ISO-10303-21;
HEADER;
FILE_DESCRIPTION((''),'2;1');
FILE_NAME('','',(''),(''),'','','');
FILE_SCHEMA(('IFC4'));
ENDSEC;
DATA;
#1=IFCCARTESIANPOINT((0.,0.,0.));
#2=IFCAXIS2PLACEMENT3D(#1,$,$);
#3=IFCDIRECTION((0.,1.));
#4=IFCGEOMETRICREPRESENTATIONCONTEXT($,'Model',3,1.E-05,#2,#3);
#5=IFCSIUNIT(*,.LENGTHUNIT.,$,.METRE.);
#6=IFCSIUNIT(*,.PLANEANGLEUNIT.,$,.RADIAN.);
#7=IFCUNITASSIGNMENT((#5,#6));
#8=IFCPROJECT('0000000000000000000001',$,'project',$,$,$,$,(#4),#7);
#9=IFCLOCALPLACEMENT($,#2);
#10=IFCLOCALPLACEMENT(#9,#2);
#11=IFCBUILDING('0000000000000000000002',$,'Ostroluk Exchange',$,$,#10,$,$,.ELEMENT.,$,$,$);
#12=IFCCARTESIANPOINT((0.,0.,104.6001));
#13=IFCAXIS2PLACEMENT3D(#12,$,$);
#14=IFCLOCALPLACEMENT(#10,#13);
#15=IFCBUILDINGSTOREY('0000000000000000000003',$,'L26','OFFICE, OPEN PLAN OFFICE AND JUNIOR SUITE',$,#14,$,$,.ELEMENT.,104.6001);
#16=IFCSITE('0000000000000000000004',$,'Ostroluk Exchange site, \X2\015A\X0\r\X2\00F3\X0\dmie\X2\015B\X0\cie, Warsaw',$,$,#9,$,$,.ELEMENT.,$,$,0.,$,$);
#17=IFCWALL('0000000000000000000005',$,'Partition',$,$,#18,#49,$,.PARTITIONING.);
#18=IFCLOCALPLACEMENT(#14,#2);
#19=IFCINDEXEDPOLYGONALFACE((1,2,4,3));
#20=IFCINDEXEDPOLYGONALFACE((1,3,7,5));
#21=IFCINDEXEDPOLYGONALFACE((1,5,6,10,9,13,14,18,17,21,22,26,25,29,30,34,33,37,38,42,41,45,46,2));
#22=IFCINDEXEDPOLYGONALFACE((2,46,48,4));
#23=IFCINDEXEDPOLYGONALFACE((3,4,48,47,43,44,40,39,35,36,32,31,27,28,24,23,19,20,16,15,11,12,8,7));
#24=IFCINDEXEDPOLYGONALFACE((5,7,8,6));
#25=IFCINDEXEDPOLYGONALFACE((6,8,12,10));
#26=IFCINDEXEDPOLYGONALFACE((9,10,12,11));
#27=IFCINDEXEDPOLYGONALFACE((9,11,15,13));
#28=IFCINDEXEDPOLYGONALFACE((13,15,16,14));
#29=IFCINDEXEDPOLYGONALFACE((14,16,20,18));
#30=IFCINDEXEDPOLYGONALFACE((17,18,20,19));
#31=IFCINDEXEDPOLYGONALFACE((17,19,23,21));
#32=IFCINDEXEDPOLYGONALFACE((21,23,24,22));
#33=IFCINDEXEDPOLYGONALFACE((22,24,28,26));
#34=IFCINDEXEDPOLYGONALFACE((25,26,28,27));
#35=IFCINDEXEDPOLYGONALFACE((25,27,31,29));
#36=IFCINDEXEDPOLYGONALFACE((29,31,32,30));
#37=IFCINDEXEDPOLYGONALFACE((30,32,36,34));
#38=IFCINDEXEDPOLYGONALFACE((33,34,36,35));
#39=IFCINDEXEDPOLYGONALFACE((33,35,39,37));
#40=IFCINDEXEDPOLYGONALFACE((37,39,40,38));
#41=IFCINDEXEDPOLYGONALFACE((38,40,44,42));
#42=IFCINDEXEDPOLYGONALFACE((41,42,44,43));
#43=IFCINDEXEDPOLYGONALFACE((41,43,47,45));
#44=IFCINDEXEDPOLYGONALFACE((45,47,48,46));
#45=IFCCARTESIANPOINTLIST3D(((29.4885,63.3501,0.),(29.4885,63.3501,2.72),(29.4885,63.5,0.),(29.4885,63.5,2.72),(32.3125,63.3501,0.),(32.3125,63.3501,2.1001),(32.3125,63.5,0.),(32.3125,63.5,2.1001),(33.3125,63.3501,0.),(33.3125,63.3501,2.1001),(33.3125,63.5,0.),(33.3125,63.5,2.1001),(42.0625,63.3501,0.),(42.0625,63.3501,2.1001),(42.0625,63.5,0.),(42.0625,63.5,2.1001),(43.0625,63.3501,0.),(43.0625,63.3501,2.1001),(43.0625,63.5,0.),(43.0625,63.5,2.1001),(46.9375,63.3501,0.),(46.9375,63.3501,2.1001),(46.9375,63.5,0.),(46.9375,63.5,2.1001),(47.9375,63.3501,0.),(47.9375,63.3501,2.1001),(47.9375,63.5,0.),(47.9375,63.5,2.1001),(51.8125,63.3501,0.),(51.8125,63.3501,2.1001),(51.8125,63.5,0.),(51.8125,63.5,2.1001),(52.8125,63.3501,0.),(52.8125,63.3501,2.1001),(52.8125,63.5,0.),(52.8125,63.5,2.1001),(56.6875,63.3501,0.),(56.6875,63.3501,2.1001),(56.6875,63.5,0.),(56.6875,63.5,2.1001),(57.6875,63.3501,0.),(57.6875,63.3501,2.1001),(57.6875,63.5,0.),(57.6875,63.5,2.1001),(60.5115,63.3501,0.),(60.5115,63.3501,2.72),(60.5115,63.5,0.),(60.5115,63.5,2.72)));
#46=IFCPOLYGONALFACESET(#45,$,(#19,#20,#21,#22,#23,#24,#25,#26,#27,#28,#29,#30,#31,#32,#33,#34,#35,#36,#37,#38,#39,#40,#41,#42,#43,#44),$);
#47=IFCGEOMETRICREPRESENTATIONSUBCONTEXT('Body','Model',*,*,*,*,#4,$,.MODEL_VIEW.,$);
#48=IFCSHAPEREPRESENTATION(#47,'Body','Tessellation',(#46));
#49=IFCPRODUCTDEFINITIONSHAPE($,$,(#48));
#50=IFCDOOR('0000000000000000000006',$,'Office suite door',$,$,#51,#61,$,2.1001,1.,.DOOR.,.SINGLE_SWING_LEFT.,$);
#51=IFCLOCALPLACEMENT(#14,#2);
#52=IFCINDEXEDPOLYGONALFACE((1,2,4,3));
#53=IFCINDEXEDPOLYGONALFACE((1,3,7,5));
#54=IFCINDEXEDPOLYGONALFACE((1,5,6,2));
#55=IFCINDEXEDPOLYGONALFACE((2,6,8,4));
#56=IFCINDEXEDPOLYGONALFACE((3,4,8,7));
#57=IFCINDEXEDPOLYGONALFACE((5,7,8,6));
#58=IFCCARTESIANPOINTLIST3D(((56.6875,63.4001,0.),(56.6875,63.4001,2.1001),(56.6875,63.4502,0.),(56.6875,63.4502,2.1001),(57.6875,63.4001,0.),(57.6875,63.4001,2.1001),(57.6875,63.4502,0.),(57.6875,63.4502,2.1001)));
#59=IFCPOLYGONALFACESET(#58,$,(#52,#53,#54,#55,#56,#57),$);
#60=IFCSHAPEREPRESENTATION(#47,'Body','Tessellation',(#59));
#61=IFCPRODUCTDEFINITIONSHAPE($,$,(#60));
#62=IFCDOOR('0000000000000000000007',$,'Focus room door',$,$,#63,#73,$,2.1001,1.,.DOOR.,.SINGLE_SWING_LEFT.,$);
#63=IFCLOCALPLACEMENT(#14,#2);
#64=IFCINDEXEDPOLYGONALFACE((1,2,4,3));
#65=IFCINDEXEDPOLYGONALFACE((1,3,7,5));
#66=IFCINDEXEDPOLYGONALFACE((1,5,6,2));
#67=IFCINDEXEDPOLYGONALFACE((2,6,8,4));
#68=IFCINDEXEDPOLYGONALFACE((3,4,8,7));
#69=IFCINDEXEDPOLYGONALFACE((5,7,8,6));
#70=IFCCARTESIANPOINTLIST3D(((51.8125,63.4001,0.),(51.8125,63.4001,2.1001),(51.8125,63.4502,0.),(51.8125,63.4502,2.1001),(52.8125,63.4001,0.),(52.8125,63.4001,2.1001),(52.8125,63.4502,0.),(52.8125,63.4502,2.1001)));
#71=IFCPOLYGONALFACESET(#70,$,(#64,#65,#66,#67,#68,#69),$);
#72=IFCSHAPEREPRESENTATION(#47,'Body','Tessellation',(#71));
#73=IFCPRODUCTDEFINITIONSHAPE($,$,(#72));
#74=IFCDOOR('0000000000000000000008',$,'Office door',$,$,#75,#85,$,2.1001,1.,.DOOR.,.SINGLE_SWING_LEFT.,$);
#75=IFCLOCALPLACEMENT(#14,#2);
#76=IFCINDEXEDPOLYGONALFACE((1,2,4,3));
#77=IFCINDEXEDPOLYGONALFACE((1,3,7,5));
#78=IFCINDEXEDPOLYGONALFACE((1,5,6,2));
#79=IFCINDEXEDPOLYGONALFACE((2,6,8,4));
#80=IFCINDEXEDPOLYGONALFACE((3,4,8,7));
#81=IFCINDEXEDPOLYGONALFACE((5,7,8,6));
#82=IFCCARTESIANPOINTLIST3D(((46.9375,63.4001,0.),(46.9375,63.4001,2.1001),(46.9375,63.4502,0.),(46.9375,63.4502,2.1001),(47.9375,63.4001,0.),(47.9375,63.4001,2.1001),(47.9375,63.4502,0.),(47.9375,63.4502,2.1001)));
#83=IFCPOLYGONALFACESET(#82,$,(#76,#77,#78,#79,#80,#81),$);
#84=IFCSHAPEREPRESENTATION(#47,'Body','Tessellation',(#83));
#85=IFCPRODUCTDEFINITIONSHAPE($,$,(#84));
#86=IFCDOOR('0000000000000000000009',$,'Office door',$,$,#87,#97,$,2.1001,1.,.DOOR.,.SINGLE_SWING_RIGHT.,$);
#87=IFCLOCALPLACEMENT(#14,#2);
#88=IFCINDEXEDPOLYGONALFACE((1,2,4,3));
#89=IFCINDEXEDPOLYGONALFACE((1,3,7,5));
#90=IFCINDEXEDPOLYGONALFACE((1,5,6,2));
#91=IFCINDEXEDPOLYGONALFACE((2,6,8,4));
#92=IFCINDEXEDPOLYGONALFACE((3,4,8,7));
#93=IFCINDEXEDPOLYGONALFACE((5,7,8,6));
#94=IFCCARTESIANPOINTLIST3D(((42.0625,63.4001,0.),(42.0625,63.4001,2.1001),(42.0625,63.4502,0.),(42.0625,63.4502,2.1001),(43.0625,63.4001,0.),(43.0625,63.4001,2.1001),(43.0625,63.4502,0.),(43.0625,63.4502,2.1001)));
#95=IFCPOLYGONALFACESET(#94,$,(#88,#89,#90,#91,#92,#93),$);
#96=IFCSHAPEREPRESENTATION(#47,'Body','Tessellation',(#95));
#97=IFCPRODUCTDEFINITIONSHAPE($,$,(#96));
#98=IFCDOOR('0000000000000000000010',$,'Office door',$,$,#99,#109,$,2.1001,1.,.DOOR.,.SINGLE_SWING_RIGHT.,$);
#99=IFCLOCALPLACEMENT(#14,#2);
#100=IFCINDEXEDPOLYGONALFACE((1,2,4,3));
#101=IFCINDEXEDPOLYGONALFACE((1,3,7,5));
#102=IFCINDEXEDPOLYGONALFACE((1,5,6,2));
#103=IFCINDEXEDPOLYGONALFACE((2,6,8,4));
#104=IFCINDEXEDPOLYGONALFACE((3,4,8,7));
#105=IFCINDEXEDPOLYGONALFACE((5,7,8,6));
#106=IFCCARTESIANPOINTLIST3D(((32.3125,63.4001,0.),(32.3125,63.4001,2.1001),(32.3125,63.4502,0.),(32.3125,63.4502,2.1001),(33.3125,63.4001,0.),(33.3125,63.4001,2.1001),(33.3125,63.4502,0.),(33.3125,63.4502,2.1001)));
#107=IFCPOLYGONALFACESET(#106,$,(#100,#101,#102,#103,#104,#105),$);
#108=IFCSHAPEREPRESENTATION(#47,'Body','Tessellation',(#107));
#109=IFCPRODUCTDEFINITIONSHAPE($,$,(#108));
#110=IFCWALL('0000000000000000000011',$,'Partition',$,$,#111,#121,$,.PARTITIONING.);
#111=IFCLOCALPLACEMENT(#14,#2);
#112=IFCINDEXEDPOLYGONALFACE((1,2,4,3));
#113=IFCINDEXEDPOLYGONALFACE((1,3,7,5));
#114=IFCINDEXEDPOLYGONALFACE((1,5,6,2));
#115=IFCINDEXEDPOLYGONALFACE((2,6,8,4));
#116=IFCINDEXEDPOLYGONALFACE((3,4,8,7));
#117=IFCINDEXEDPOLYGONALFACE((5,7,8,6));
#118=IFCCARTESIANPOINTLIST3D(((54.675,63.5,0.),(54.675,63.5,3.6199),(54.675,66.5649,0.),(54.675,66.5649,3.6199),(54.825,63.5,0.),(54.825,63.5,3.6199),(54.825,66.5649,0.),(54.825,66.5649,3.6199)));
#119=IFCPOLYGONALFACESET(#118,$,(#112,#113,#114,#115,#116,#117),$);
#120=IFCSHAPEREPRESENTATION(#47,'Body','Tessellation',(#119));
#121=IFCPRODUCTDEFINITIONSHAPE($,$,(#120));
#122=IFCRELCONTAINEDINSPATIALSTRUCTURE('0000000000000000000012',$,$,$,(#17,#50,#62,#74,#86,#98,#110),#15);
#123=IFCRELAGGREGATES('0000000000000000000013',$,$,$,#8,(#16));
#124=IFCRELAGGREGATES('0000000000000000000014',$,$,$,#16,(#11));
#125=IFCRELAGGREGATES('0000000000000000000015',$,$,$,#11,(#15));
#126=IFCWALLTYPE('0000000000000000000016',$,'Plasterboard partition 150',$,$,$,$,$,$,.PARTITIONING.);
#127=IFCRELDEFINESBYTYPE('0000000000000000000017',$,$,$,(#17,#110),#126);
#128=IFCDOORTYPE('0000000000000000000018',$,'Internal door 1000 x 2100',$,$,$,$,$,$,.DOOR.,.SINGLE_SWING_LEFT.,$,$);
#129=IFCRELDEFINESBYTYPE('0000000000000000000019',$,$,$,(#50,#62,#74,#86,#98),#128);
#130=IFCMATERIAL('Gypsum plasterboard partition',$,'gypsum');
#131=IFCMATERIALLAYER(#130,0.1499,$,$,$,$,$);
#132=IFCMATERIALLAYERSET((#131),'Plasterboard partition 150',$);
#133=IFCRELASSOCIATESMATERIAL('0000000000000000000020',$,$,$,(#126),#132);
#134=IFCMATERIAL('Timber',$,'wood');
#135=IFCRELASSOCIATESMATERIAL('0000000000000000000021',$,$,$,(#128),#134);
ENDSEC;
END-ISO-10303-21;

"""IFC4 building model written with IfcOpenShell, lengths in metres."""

from ifc_helpers import new_model, si_unit, direction, frame, frame_2d, origin, place, context, subcontext, project, spatial, rectangle, extrude, material, layer, layer_set, type_object, element, fill, save


model = new_model("IFC4")

# Units and contexts
model_context = context("Model", 3, precision=1e-05, world=origin(), true_north=direction((0.0, 1.0)))
body_context = subcontext(model_context, "Body", "Model", "MODEL_VIEW")
ifc_project = project(units=[si_unit("LENGTHUNIT", "METRE"), si_unit("PLANEANGLEUNIT", "RADIAN")], contexts=[model_context])

# Site, building, storey
site_placement = place(None, origin())
site = spatial("IfcSite", under=ifc_project, at=site_placement, Name="Ostroluk Exchange site, Śródmieście, Warsaw", CompositionType="ELEMENT", RefElevation=0.0)
building_placement = place(site_placement, origin())
building = spatial("IfcBuilding", under=site, at=building_placement, Name="Ostroluk Exchange", CompositionType="ELEMENT")
storey_placement = place(building_placement, frame((0.0, 0.0, 104.6001)))
storey = spatial("IfcBuildingStorey", under=building, at=storey_placement, Name="L26", Description="OFFICE, OPEN PLAN OFFICE AND JUNIOR SUITE", CompositionType="ELEMENT", Elevation=104.6001)

# Wall, openings, doors
ifc_material_1 = material(Name="Gypsum plasterboard partition", Category="gypsum")
ifc_layer_1 = layer(ifc_material_1, 0.1499)
ifc_layer_set_1 = layer_set([ifc_layer_1], Name="Plasterboard partition 150")
wall_type_1 = type_object("IfcWallType", Name="Plasterboard partition 150", PredefinedType="PARTITIONING", material=ifc_layer_set_1)
wall_1_placement = place(storey_placement, frame((60.5115, 63.425, 0.0), z_axis=(0.0, 0.0, 1.0), x_axis=(-1.0, 0.0, 0.0)))
wall_1 = element("IfcWall", 1, at=wall_1_placement, inside=storey, type_object=wall_type_1, Name="Partition", PredefinedType="PARTITIONING", context=body_context, shape_type="SweptSolid", body=[
    extrude(rectangle(XDim=31.0229, YDim=0.1499, at=frame_2d((15.5115, 0.0))), origin(), (0.0, 0.0, 1.0), 2.72),
])
opening_1_placement = place(wall_1_placement, frame((2.824, 0.0, 0.0)))
opening_1 = element("IfcOpeningElement", 2, at=opening_1_placement, cuts=wall_1, PredefinedType="OPENING", context=body_context, shape_type="SweptSolid", body=[
    extrude(rectangle(XDim=1.0, YDim=2.1001, at=frame_2d((0.5, 1.05))), frame((0.0, 0.085, 0.0), z_axis=(0.0, -1.0, 0.0), x_axis=(1.0, 0.0, 0.0)), (0.0, 0.0, 1.0), 0.1699),
])
opening_2_placement = place(wall_1_placement, frame((7.699, 0.0, 0.0)))
opening_2 = element("IfcOpeningElement", 3, at=opening_2_placement, cuts=wall_1, PredefinedType="OPENING", context=body_context, shape_type="SweptSolid", body=[
    extrude(rectangle(XDim=1.0, YDim=2.1001, at=frame_2d((0.5, 1.05))), frame((0.0, 0.085, 0.0), z_axis=(0.0, -1.0, 0.0), x_axis=(1.0, 0.0, 0.0)), (0.0, 0.0, 1.0), 0.1699),
])
opening_3_placement = place(wall_1_placement, frame((12.574, 0.0, 0.0)))
opening_3 = element("IfcOpeningElement", 4, at=opening_3_placement, cuts=wall_1, PredefinedType="OPENING", context=body_context, shape_type="SweptSolid", body=[
    extrude(rectangle(XDim=1.0, YDim=2.1001, at=frame_2d((0.5, 1.05))), frame((0.0, 0.085, 0.0), z_axis=(0.0, -1.0, 0.0), x_axis=(1.0, 0.0, 0.0)), (0.0, 0.0, 1.0), 0.1699),
])
opening_4_placement = place(wall_1_placement, frame((17.449, 0.0, 0.0)))
opening_4 = element("IfcOpeningElement", 5, at=opening_4_placement, cuts=wall_1, PredefinedType="OPENING", context=body_context, shape_type="SweptSolid", body=[
    extrude(rectangle(XDim=1.0, YDim=2.1001, at=frame_2d((0.5, 1.05))), frame((0.0, 0.085, 0.0), z_axis=(0.0, -1.0, 0.0), x_axis=(1.0, 0.0, 0.0)), (0.0, 0.0, 1.0), 0.1699),
])
opening_5_placement = place(wall_1_placement, frame((27.199, 0.0, 0.0)))
opening_5 = element("IfcOpeningElement", 6, at=opening_5_placement, cuts=wall_1, PredefinedType="OPENING", context=body_context, shape_type="SweptSolid", body=[
    extrude(rectangle(XDim=1.0, YDim=2.1001, at=frame_2d((0.5, 1.05))), frame((0.0, 0.085, 0.0), z_axis=(0.0, -1.0, 0.0), x_axis=(1.0, 0.0, 0.0)), (0.0, 0.0, 1.0), 0.1699),
])
ifc_material_2 = material(Name="Timber", Category="wood")
door_type_1 = type_object("IfcDoorType", Name="Internal door 1000 x 2100", OperationType="SINGLE_SWING_LEFT", PredefinedType="DOOR", material=ifc_material_2)
door_1_placement = place(opening_1_placement, origin())
door_1 = element("IfcDoor", 7, at=door_1_placement, inside=storey, type_object=door_type_1, Name="Office suite door", OperationType="SINGLE_SWING_LEFT", OverallHeight=2.1001, OverallWidth=1.0, PredefinedType="DOOR", context=body_context, shape_type="SweptSolid", body=[
    extrude(rectangle(XDim=1.0, YDim=2.1001, at=frame_2d((0.5, 1.05))), frame((0.0, 0.0249, 0.0), z_axis=(0.0, -1.0, 0.0), x_axis=(1.0, 0.0, 0.0)), (0.0, 0.0, 1.0), 0.05),
])
fill(opening_1, door_1)
door_2_placement = place(opening_2_placement, origin())
door_2 = element("IfcDoor", 8, at=door_2_placement, inside=storey, type_object=door_type_1, Name="Focus room door", OperationType="SINGLE_SWING_LEFT", OverallHeight=2.1001, OverallWidth=1.0, PredefinedType="DOOR", context=body_context, shape_type="SweptSolid", body=[
    extrude(rectangle(XDim=1.0, YDim=2.1001, at=frame_2d((0.5, 1.05))), frame((0.0, 0.0249, 0.0), z_axis=(0.0, -1.0, 0.0), x_axis=(1.0, 0.0, 0.0)), (0.0, 0.0, 1.0), 0.05),
])
fill(opening_2, door_2)
door_3_placement = place(opening_3_placement, origin())
door_3 = element("IfcDoor", 9, at=door_3_placement, inside=storey, type_object=door_type_1, Name="Office door", OperationType="SINGLE_SWING_LEFT", OverallHeight=2.1001, OverallWidth=1.0, PredefinedType="DOOR", context=body_context, shape_type="SweptSolid", body=[
    extrude(rectangle(XDim=1.0, YDim=2.1001, at=frame_2d((0.5, 1.05))), frame((0.0, 0.0249, 0.0), z_axis=(0.0, -1.0, 0.0), x_axis=(1.0, 0.0, 0.0)), (0.0, 0.0, 1.0), 0.05),
])
fill(opening_3, door_3)
door_4_placement = place(opening_4_placement, origin())
door_4 = element("IfcDoor", 10, at=door_4_placement, inside=storey, type_object=door_type_1, Name="Office door", OperationType="SINGLE_SWING_RIGHT", OverallHeight=2.1001, OverallWidth=1.0, PredefinedType="DOOR", context=body_context, shape_type="SweptSolid", body=[
    extrude(rectangle(XDim=1.0, YDim=2.1001, at=frame_2d((0.5, 1.05))), frame((0.0, 0.0249, 0.0), z_axis=(0.0, -1.0, 0.0), x_axis=(1.0, 0.0, 0.0)), (0.0, 0.0, 1.0), 0.05),
])
fill(opening_4, door_4)
door_5_placement = place(opening_5_placement, origin())
door_5 = element("IfcDoor", 11, at=door_5_placement, inside=storey, type_object=door_type_1, Name="Office door", OperationType="SINGLE_SWING_RIGHT", OverallHeight=2.1001, OverallWidth=1.0, PredefinedType="DOOR", context=body_context, shape_type="SweptSolid", body=[
    extrude(rectangle(XDim=1.0, YDim=2.1001, at=frame_2d((0.5, 1.05))), frame((0.0, 0.0249, 0.0), z_axis=(0.0, -1.0, 0.0), x_axis=(1.0, 0.0, 0.0)), (0.0, 0.0, 1.0), 0.05),
])
fill(opening_5, door_5)

# Wall
wall_2_placement = place(storey_placement, frame((54.75, 63.5, 0.0), z_axis=(0.0, 0.0, 1.0), x_axis=(0.0, 1.0, 0.0)))
element("IfcWall", 12, at=wall_2_placement, inside=storey, type_object=wall_type_1, Name="Partition", PredefinedType="PARTITIONING", context=body_context, shape_type="SweptSolid", body=[
    extrude(rectangle(XDim=3.0649, YDim=0.1499, at=frame_2d((1.5325, 0.0))), origin(), (0.0, 0.0, 1.0), 3.6199),
])

save(model, "model.ifc")
